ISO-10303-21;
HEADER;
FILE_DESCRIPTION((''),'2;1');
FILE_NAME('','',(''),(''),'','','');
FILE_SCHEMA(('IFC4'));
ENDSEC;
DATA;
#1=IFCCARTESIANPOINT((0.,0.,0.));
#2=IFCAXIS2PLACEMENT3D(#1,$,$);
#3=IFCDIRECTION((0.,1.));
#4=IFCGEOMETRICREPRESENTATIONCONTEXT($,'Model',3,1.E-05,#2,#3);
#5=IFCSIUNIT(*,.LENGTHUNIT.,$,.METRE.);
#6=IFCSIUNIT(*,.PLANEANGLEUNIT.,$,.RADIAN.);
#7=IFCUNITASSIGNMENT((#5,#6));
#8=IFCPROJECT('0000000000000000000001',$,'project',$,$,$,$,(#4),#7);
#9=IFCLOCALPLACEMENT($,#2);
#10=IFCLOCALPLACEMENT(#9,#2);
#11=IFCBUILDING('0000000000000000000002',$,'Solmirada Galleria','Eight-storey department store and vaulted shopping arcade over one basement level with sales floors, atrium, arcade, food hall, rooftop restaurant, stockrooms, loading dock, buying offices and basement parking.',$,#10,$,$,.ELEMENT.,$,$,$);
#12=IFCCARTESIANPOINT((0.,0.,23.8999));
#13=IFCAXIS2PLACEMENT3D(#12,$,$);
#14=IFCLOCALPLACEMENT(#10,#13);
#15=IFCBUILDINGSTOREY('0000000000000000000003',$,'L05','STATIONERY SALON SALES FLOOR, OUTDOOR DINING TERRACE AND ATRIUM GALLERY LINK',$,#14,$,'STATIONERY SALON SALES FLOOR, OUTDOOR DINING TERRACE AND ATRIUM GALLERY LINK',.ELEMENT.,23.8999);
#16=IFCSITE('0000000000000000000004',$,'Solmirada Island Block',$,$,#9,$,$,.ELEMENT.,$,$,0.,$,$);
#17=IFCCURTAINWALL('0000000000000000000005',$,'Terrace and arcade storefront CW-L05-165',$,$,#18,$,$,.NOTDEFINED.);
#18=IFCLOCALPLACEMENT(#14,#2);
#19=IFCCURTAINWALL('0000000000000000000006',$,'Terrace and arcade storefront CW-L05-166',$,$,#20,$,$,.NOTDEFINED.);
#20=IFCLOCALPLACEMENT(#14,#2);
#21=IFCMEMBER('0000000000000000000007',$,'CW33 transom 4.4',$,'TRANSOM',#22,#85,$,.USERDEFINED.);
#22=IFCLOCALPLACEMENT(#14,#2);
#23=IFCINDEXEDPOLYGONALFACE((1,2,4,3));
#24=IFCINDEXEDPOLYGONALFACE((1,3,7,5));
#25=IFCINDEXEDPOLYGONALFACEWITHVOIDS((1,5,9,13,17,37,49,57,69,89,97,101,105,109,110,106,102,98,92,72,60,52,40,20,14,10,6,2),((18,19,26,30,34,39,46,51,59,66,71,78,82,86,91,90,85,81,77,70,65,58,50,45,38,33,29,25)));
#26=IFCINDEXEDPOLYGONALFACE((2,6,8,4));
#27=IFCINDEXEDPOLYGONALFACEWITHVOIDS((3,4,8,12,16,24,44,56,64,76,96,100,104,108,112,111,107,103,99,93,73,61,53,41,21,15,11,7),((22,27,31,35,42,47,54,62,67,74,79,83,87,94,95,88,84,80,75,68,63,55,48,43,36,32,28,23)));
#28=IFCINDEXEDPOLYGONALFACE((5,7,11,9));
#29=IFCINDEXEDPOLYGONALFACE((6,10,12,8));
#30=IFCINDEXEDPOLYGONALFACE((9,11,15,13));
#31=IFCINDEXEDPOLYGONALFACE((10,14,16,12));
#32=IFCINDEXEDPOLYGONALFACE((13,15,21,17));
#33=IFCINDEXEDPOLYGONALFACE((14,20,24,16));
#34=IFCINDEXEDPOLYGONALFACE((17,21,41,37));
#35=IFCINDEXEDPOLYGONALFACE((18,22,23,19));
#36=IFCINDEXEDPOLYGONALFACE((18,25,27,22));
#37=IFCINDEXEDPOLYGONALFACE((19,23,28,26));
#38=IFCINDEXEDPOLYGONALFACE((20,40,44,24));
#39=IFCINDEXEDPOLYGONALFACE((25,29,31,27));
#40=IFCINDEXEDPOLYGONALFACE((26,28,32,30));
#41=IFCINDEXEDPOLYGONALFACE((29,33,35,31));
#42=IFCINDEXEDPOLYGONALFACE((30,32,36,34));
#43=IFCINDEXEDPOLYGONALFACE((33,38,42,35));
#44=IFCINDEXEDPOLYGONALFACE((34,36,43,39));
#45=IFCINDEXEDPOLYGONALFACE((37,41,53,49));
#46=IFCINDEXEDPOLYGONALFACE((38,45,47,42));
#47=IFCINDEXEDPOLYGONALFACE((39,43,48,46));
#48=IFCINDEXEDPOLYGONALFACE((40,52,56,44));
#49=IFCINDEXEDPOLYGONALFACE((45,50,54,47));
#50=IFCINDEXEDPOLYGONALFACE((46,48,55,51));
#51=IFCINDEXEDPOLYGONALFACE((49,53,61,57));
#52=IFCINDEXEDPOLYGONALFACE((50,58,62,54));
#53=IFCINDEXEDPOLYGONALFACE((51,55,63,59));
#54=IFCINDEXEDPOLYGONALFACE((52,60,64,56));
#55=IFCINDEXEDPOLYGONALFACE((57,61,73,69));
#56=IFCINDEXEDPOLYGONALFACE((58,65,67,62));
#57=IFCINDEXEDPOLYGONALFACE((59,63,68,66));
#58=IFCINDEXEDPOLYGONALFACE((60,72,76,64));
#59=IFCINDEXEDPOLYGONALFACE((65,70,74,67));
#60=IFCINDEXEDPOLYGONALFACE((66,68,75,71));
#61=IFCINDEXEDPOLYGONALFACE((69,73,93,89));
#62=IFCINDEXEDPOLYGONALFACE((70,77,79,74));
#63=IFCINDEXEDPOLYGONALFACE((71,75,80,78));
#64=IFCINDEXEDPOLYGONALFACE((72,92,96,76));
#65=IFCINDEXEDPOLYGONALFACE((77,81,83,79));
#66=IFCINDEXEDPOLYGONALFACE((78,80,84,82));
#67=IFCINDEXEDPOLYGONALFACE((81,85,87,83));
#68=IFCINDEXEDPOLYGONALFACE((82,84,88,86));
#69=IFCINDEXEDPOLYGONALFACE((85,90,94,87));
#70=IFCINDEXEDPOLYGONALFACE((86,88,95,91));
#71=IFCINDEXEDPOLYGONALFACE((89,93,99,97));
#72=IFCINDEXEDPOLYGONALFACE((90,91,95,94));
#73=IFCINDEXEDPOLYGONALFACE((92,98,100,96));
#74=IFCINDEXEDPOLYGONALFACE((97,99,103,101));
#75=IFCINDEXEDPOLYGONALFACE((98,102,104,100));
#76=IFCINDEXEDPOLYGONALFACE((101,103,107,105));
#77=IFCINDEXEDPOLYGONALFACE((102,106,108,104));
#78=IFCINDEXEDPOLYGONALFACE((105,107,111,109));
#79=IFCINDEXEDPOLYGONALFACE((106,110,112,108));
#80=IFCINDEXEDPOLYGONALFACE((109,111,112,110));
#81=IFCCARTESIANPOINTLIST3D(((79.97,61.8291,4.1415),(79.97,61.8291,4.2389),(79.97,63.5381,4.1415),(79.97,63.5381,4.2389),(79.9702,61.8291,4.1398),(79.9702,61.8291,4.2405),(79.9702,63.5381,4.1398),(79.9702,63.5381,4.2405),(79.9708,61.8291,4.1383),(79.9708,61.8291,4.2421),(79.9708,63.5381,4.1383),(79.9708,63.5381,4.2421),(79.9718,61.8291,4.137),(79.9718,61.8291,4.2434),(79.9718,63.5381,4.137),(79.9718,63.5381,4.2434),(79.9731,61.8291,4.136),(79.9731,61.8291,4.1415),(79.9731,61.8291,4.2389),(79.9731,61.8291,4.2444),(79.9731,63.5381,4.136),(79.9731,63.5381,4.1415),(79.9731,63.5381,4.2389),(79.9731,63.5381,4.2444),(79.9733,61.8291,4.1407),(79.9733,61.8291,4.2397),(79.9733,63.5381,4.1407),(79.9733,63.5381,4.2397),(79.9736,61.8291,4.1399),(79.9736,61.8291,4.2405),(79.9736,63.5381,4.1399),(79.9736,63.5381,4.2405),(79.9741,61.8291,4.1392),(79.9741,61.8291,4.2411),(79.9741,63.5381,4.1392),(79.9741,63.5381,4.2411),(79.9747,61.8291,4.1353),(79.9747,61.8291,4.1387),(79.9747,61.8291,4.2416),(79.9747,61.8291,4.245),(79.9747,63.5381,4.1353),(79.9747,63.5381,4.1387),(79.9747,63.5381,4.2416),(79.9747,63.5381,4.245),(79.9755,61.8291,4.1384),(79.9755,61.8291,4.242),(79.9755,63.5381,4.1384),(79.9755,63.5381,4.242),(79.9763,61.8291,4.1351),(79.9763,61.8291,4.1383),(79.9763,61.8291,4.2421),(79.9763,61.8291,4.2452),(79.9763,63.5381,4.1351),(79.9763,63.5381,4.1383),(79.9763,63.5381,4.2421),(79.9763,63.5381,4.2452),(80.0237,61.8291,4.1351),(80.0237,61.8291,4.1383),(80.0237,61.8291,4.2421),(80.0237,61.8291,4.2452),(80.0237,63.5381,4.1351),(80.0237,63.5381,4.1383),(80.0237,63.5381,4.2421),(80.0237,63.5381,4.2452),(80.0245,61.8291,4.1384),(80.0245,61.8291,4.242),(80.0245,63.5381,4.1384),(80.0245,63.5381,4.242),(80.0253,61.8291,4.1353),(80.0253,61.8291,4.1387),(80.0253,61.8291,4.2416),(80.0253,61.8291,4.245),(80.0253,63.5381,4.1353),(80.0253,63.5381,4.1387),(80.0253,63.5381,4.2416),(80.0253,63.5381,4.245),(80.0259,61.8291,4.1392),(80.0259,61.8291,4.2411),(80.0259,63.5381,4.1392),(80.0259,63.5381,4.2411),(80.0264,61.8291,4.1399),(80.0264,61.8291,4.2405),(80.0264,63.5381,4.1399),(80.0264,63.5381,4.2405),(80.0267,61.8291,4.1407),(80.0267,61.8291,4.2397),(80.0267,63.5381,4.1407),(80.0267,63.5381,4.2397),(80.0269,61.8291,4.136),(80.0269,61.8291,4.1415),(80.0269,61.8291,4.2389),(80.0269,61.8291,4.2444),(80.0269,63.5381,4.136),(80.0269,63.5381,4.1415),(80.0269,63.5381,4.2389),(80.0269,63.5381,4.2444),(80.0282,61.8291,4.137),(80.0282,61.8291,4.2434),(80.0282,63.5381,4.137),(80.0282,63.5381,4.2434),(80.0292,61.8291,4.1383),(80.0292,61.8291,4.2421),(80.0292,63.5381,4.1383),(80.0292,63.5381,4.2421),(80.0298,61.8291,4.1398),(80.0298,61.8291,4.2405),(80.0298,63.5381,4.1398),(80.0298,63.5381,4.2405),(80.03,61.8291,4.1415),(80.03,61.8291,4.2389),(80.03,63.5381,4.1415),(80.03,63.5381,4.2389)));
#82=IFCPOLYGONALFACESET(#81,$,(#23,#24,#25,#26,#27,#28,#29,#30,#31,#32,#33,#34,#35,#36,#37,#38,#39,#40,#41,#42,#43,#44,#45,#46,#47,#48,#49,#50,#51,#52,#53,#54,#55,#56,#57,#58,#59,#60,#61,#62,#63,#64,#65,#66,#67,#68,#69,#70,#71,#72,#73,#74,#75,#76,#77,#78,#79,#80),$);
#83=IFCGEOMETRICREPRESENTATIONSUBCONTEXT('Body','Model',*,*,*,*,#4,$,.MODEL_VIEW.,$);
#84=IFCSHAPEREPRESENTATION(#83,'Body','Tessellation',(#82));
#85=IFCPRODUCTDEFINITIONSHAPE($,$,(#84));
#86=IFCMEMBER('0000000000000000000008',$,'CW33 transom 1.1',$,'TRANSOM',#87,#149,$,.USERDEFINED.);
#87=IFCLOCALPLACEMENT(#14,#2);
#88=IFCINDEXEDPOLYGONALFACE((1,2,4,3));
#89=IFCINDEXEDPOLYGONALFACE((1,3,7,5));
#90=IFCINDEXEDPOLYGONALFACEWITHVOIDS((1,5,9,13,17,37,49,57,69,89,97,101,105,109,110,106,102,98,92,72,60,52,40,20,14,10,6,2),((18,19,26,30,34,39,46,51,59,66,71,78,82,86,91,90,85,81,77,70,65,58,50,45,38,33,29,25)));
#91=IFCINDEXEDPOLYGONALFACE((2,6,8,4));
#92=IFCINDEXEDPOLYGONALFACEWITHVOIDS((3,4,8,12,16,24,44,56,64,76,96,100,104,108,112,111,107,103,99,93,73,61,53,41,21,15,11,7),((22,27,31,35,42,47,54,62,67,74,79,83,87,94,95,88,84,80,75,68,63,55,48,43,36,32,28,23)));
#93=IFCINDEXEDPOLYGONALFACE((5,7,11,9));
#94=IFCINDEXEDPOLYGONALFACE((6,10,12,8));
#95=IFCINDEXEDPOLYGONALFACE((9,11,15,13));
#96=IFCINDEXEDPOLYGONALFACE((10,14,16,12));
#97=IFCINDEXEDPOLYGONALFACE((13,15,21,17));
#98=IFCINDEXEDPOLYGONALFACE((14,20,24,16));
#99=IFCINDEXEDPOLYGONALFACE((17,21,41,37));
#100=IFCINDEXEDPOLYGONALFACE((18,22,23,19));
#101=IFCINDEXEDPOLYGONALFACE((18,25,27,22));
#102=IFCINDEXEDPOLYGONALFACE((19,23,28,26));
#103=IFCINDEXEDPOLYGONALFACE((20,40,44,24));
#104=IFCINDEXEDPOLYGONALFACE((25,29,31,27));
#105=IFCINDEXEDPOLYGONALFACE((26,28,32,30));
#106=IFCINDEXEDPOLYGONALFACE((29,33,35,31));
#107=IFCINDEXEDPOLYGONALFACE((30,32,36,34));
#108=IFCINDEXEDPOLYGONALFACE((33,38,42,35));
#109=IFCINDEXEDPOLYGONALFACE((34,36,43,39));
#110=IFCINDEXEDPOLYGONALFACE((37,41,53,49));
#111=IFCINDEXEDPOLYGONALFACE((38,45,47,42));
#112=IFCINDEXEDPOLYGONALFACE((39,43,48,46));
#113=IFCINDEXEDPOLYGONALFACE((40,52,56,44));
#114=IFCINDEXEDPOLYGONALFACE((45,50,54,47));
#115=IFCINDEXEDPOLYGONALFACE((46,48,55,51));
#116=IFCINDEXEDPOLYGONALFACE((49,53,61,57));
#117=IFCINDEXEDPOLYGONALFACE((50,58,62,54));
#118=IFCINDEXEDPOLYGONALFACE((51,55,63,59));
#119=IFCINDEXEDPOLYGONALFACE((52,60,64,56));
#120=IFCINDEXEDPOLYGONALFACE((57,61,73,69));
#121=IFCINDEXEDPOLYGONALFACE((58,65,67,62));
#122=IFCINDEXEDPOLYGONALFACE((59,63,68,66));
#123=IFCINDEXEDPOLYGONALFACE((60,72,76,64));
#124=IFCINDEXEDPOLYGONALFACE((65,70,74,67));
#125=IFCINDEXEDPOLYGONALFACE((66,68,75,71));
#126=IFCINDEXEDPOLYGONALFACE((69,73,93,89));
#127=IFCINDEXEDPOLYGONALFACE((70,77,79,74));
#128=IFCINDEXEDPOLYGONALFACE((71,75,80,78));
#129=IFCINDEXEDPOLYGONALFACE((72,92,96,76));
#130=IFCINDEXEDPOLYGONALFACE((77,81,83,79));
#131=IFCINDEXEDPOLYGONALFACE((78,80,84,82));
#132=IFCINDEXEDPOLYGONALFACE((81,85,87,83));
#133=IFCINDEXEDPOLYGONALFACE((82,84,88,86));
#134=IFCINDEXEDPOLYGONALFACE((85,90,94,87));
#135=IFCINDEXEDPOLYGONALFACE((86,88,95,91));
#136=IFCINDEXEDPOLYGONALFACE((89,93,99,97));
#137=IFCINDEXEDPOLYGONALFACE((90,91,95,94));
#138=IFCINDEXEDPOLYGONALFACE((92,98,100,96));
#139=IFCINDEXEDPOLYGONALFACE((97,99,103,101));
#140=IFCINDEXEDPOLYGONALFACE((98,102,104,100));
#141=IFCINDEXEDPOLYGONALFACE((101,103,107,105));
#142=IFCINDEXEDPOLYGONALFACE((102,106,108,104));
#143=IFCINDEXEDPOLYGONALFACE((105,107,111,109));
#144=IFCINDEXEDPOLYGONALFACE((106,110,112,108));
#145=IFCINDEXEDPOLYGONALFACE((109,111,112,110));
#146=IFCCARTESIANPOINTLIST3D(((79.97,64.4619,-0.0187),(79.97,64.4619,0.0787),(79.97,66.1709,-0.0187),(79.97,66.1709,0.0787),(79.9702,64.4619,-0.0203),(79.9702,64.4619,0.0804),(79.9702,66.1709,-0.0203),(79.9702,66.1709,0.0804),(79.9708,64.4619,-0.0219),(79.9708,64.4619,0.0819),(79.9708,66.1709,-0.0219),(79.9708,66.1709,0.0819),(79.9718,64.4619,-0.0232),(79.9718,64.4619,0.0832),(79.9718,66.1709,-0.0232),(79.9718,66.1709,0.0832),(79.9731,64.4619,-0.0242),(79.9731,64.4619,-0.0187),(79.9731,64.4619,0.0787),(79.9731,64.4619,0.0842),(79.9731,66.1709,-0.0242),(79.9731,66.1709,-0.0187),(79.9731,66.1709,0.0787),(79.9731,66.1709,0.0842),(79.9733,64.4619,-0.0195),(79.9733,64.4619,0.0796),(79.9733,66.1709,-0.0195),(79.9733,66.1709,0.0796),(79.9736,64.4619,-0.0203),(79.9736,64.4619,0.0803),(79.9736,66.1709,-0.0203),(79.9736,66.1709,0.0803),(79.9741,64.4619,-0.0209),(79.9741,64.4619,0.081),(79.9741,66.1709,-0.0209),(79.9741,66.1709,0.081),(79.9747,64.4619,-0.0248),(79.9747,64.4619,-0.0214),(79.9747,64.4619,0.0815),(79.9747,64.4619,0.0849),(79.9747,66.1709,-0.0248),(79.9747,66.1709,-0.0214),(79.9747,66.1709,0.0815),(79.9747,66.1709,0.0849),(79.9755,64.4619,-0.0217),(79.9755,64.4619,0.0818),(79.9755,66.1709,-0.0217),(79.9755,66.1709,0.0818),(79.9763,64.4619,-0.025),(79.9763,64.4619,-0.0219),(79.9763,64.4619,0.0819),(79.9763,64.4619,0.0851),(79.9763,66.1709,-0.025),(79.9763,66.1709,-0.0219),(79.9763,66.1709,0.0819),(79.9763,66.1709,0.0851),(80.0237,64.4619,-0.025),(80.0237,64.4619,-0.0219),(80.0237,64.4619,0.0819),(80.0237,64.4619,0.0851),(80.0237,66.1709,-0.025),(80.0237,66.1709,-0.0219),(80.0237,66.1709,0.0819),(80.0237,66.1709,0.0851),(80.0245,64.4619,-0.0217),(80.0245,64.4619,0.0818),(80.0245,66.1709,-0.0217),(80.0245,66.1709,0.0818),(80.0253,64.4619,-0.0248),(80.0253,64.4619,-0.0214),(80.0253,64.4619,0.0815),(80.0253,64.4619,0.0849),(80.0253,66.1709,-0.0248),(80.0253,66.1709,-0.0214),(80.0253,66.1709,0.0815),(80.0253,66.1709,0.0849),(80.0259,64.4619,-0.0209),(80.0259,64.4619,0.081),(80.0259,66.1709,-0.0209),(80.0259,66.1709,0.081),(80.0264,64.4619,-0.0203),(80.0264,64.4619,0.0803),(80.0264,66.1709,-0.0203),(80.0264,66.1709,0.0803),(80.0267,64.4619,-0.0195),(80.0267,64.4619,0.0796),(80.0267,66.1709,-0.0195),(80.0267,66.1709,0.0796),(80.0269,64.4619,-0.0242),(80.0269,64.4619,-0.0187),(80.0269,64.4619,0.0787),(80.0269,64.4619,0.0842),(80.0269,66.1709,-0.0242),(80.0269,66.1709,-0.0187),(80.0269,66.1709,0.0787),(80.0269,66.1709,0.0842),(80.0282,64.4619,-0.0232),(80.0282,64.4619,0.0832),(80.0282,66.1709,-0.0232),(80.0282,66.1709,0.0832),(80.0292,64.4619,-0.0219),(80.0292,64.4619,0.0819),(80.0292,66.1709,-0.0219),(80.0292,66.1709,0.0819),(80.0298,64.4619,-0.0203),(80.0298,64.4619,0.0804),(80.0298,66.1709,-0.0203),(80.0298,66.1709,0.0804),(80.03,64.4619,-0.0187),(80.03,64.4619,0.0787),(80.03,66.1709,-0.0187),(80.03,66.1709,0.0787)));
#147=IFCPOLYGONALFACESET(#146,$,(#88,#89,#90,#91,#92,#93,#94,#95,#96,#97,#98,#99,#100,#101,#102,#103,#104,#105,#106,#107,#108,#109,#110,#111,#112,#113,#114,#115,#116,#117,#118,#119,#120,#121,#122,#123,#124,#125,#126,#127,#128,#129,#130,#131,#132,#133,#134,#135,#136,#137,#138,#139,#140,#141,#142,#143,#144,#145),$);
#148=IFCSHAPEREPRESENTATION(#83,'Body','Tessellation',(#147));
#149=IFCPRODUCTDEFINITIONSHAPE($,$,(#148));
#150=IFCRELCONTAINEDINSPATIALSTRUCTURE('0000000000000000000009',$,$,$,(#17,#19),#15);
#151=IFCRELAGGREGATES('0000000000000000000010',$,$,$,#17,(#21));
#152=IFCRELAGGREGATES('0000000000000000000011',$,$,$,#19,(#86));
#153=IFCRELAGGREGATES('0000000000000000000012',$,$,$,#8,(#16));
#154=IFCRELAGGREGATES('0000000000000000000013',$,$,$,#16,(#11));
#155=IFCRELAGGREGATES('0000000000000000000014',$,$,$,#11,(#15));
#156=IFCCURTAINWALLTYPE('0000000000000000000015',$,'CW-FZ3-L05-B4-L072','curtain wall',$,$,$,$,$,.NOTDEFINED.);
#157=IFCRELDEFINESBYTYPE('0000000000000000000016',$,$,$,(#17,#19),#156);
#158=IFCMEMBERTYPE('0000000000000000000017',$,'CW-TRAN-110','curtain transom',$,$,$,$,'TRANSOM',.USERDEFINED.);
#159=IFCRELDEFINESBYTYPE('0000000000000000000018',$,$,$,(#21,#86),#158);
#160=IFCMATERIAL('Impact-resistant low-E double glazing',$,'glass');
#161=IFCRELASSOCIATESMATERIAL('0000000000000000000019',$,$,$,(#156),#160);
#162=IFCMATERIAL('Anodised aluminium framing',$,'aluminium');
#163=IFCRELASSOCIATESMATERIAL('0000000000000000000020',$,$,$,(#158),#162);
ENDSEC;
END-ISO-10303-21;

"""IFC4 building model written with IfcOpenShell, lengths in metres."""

from ifc_helpers import new_model, si_unit, direction, frame, origin, origin_2d, place, context, subcontext, project, spatial, hollow_rectangle, extrude, material, material_profile, profile_set, type_object, element, aggregate, save


model = new_model("IFC4")

# Units and contexts
model_context = context("Model", 3, precision=1e-05, world=origin(), true_north=direction((0.0, 1.0)))
body_context = subcontext(model_context, "Body", "Model", "MODEL_VIEW")
ifc_project = project(units=[si_unit("LENGTHUNIT", "METRE"), si_unit("PLANEANGLEUNIT", "RADIAN")], contexts=[model_context])

# Site, building, storey
site_placement = place(None, origin())
site = spatial("IfcSite", under=ifc_project, at=site_placement, Name="Solmirada Island Block", CompositionType="ELEMENT", RefElevation=0.0)
building_placement = place(site_placement, origin())
building = spatial("IfcBuilding", under=site, at=building_placement, Name="Solmirada Galleria", Description="Eight-storey department store and vaulted shopping arcade over one basement level with sales floors, atrium, arcade, food hall, rooftop restaurant, stockrooms, loading dock, buying offices and basement parking.", CompositionType="ELEMENT")
storey_placement = place(building_placement, frame((0.0, 0.0, 23.8999)))
storey = spatial("IfcBuildingStorey", under=building, at=storey_placement, Name="L05", Description="STATIONERY SALON SALES FLOOR, OUTDOOR DINING TERRACE AND ATRIUM GALLERY LINK", LongName="STATIONERY SALON SALES FLOOR, OUTDOOR DINING TERRACE AND ATRIUM GALLERY LINK", CompositionType="ELEMENT", Elevation=23.8999)

# Curtain wall
ifc_material_1 = material(Name="Impact-resistant low-E double glazing", Category="glass")
curtain_wall_type = type_object("IfcCurtainWallType", Name="CW-FZ3-L05-B4-L072", Description="curtain wall", PredefinedType="NOTDEFINED", material=ifc_material_1)
curtain_wall_1_placement = place(storey_placement, origin())
curtain_wall_1 = element("IfcCurtainWall", 1, at=curtain_wall_1_placement, inside=storey, type_object=curtain_wall_type, Name="Terrace and arcade storefront CW-L05-165", PredefinedType="NOTDEFINED")
ifc_material_2 = material(Name="Anodised aluminium framing", Category="aluminium")

# Curtain wall
curtain_wall_2_placement = place(storey_placement, origin())
curtain_wall_2 = element("IfcCurtainWall", 2, at=curtain_wall_2_placement, inside=storey, type_object=curtain_wall_type, Name="Terrace and arcade storefront CW-L05-166", PredefinedType="NOTDEFINED")

# Members
ifc_material_profile_1 = material_profile(ifc_material_2, hollow_rectangle(XDim=0.0601, YDim=0.1101, WallThickness=0.0032, InnerFilletRadius=0.0032, OuterFilletRadius=0.0063, at=origin_2d()), Name="ALU-TRAN-110X60")
ifc_profile_set_1 = profile_set([ifc_material_profile_1], Name="Anodised aluminium framing")
member_type_1 = type_object("IfcMemberType", Name="CW-TRAN-110", Description="curtain transom", ElementType="TRANSOM", PredefinedType="USERDEFINED", material=ifc_profile_set_1)
member_1_placement = place(storey_placement, frame((80.0, 61.8291, 4.1902), z_axis=(0.0, 1.0, 0.0), x_axis=(-1.0, 0.0, 0.0)))
member_1 = element("IfcMember", 3, at=member_1_placement, type_object=member_type_1, Name="CW33 transom 4.4", ObjectType="TRANSOM", PredefinedType="USERDEFINED", context=body_context, shape_type="SweptSolid", body=[
    extrude(hollow_rectangle(XDim=0.0601, YDim=0.1101, WallThickness=0.0032, InnerFilletRadius=0.0032, OuterFilletRadius=0.0063, at=origin_2d()), origin(), (0.0, 0.0, 1.0), 1.709),
])
member_2_placement = place(storey_placement, frame((80.0, 64.4619, 0.03), z_axis=(0.0, 1.0, 0.0), x_axis=(-1.0, 0.0, 0.0)))
member_2 = element("IfcMember", 4, at=member_2_placement, type_object=member_type_1, Name="CW33 transom 1.1", ObjectType="TRANSOM", PredefinedType="USERDEFINED", context=body_context, shape_type="SweptSolid", body=[
    extrude(hollow_rectangle(XDim=0.0601, YDim=0.1101, WallThickness=0.0032, InnerFilletRadius=0.0032, OuterFilletRadius=0.0063, at=origin_2d()), origin(), (0.0, 0.0, 1.0), 1.709),
])

aggregate(curtain_wall_1, [member_1])
aggregate(curtain_wall_2, [member_2])

save(model, "model.ifc")
